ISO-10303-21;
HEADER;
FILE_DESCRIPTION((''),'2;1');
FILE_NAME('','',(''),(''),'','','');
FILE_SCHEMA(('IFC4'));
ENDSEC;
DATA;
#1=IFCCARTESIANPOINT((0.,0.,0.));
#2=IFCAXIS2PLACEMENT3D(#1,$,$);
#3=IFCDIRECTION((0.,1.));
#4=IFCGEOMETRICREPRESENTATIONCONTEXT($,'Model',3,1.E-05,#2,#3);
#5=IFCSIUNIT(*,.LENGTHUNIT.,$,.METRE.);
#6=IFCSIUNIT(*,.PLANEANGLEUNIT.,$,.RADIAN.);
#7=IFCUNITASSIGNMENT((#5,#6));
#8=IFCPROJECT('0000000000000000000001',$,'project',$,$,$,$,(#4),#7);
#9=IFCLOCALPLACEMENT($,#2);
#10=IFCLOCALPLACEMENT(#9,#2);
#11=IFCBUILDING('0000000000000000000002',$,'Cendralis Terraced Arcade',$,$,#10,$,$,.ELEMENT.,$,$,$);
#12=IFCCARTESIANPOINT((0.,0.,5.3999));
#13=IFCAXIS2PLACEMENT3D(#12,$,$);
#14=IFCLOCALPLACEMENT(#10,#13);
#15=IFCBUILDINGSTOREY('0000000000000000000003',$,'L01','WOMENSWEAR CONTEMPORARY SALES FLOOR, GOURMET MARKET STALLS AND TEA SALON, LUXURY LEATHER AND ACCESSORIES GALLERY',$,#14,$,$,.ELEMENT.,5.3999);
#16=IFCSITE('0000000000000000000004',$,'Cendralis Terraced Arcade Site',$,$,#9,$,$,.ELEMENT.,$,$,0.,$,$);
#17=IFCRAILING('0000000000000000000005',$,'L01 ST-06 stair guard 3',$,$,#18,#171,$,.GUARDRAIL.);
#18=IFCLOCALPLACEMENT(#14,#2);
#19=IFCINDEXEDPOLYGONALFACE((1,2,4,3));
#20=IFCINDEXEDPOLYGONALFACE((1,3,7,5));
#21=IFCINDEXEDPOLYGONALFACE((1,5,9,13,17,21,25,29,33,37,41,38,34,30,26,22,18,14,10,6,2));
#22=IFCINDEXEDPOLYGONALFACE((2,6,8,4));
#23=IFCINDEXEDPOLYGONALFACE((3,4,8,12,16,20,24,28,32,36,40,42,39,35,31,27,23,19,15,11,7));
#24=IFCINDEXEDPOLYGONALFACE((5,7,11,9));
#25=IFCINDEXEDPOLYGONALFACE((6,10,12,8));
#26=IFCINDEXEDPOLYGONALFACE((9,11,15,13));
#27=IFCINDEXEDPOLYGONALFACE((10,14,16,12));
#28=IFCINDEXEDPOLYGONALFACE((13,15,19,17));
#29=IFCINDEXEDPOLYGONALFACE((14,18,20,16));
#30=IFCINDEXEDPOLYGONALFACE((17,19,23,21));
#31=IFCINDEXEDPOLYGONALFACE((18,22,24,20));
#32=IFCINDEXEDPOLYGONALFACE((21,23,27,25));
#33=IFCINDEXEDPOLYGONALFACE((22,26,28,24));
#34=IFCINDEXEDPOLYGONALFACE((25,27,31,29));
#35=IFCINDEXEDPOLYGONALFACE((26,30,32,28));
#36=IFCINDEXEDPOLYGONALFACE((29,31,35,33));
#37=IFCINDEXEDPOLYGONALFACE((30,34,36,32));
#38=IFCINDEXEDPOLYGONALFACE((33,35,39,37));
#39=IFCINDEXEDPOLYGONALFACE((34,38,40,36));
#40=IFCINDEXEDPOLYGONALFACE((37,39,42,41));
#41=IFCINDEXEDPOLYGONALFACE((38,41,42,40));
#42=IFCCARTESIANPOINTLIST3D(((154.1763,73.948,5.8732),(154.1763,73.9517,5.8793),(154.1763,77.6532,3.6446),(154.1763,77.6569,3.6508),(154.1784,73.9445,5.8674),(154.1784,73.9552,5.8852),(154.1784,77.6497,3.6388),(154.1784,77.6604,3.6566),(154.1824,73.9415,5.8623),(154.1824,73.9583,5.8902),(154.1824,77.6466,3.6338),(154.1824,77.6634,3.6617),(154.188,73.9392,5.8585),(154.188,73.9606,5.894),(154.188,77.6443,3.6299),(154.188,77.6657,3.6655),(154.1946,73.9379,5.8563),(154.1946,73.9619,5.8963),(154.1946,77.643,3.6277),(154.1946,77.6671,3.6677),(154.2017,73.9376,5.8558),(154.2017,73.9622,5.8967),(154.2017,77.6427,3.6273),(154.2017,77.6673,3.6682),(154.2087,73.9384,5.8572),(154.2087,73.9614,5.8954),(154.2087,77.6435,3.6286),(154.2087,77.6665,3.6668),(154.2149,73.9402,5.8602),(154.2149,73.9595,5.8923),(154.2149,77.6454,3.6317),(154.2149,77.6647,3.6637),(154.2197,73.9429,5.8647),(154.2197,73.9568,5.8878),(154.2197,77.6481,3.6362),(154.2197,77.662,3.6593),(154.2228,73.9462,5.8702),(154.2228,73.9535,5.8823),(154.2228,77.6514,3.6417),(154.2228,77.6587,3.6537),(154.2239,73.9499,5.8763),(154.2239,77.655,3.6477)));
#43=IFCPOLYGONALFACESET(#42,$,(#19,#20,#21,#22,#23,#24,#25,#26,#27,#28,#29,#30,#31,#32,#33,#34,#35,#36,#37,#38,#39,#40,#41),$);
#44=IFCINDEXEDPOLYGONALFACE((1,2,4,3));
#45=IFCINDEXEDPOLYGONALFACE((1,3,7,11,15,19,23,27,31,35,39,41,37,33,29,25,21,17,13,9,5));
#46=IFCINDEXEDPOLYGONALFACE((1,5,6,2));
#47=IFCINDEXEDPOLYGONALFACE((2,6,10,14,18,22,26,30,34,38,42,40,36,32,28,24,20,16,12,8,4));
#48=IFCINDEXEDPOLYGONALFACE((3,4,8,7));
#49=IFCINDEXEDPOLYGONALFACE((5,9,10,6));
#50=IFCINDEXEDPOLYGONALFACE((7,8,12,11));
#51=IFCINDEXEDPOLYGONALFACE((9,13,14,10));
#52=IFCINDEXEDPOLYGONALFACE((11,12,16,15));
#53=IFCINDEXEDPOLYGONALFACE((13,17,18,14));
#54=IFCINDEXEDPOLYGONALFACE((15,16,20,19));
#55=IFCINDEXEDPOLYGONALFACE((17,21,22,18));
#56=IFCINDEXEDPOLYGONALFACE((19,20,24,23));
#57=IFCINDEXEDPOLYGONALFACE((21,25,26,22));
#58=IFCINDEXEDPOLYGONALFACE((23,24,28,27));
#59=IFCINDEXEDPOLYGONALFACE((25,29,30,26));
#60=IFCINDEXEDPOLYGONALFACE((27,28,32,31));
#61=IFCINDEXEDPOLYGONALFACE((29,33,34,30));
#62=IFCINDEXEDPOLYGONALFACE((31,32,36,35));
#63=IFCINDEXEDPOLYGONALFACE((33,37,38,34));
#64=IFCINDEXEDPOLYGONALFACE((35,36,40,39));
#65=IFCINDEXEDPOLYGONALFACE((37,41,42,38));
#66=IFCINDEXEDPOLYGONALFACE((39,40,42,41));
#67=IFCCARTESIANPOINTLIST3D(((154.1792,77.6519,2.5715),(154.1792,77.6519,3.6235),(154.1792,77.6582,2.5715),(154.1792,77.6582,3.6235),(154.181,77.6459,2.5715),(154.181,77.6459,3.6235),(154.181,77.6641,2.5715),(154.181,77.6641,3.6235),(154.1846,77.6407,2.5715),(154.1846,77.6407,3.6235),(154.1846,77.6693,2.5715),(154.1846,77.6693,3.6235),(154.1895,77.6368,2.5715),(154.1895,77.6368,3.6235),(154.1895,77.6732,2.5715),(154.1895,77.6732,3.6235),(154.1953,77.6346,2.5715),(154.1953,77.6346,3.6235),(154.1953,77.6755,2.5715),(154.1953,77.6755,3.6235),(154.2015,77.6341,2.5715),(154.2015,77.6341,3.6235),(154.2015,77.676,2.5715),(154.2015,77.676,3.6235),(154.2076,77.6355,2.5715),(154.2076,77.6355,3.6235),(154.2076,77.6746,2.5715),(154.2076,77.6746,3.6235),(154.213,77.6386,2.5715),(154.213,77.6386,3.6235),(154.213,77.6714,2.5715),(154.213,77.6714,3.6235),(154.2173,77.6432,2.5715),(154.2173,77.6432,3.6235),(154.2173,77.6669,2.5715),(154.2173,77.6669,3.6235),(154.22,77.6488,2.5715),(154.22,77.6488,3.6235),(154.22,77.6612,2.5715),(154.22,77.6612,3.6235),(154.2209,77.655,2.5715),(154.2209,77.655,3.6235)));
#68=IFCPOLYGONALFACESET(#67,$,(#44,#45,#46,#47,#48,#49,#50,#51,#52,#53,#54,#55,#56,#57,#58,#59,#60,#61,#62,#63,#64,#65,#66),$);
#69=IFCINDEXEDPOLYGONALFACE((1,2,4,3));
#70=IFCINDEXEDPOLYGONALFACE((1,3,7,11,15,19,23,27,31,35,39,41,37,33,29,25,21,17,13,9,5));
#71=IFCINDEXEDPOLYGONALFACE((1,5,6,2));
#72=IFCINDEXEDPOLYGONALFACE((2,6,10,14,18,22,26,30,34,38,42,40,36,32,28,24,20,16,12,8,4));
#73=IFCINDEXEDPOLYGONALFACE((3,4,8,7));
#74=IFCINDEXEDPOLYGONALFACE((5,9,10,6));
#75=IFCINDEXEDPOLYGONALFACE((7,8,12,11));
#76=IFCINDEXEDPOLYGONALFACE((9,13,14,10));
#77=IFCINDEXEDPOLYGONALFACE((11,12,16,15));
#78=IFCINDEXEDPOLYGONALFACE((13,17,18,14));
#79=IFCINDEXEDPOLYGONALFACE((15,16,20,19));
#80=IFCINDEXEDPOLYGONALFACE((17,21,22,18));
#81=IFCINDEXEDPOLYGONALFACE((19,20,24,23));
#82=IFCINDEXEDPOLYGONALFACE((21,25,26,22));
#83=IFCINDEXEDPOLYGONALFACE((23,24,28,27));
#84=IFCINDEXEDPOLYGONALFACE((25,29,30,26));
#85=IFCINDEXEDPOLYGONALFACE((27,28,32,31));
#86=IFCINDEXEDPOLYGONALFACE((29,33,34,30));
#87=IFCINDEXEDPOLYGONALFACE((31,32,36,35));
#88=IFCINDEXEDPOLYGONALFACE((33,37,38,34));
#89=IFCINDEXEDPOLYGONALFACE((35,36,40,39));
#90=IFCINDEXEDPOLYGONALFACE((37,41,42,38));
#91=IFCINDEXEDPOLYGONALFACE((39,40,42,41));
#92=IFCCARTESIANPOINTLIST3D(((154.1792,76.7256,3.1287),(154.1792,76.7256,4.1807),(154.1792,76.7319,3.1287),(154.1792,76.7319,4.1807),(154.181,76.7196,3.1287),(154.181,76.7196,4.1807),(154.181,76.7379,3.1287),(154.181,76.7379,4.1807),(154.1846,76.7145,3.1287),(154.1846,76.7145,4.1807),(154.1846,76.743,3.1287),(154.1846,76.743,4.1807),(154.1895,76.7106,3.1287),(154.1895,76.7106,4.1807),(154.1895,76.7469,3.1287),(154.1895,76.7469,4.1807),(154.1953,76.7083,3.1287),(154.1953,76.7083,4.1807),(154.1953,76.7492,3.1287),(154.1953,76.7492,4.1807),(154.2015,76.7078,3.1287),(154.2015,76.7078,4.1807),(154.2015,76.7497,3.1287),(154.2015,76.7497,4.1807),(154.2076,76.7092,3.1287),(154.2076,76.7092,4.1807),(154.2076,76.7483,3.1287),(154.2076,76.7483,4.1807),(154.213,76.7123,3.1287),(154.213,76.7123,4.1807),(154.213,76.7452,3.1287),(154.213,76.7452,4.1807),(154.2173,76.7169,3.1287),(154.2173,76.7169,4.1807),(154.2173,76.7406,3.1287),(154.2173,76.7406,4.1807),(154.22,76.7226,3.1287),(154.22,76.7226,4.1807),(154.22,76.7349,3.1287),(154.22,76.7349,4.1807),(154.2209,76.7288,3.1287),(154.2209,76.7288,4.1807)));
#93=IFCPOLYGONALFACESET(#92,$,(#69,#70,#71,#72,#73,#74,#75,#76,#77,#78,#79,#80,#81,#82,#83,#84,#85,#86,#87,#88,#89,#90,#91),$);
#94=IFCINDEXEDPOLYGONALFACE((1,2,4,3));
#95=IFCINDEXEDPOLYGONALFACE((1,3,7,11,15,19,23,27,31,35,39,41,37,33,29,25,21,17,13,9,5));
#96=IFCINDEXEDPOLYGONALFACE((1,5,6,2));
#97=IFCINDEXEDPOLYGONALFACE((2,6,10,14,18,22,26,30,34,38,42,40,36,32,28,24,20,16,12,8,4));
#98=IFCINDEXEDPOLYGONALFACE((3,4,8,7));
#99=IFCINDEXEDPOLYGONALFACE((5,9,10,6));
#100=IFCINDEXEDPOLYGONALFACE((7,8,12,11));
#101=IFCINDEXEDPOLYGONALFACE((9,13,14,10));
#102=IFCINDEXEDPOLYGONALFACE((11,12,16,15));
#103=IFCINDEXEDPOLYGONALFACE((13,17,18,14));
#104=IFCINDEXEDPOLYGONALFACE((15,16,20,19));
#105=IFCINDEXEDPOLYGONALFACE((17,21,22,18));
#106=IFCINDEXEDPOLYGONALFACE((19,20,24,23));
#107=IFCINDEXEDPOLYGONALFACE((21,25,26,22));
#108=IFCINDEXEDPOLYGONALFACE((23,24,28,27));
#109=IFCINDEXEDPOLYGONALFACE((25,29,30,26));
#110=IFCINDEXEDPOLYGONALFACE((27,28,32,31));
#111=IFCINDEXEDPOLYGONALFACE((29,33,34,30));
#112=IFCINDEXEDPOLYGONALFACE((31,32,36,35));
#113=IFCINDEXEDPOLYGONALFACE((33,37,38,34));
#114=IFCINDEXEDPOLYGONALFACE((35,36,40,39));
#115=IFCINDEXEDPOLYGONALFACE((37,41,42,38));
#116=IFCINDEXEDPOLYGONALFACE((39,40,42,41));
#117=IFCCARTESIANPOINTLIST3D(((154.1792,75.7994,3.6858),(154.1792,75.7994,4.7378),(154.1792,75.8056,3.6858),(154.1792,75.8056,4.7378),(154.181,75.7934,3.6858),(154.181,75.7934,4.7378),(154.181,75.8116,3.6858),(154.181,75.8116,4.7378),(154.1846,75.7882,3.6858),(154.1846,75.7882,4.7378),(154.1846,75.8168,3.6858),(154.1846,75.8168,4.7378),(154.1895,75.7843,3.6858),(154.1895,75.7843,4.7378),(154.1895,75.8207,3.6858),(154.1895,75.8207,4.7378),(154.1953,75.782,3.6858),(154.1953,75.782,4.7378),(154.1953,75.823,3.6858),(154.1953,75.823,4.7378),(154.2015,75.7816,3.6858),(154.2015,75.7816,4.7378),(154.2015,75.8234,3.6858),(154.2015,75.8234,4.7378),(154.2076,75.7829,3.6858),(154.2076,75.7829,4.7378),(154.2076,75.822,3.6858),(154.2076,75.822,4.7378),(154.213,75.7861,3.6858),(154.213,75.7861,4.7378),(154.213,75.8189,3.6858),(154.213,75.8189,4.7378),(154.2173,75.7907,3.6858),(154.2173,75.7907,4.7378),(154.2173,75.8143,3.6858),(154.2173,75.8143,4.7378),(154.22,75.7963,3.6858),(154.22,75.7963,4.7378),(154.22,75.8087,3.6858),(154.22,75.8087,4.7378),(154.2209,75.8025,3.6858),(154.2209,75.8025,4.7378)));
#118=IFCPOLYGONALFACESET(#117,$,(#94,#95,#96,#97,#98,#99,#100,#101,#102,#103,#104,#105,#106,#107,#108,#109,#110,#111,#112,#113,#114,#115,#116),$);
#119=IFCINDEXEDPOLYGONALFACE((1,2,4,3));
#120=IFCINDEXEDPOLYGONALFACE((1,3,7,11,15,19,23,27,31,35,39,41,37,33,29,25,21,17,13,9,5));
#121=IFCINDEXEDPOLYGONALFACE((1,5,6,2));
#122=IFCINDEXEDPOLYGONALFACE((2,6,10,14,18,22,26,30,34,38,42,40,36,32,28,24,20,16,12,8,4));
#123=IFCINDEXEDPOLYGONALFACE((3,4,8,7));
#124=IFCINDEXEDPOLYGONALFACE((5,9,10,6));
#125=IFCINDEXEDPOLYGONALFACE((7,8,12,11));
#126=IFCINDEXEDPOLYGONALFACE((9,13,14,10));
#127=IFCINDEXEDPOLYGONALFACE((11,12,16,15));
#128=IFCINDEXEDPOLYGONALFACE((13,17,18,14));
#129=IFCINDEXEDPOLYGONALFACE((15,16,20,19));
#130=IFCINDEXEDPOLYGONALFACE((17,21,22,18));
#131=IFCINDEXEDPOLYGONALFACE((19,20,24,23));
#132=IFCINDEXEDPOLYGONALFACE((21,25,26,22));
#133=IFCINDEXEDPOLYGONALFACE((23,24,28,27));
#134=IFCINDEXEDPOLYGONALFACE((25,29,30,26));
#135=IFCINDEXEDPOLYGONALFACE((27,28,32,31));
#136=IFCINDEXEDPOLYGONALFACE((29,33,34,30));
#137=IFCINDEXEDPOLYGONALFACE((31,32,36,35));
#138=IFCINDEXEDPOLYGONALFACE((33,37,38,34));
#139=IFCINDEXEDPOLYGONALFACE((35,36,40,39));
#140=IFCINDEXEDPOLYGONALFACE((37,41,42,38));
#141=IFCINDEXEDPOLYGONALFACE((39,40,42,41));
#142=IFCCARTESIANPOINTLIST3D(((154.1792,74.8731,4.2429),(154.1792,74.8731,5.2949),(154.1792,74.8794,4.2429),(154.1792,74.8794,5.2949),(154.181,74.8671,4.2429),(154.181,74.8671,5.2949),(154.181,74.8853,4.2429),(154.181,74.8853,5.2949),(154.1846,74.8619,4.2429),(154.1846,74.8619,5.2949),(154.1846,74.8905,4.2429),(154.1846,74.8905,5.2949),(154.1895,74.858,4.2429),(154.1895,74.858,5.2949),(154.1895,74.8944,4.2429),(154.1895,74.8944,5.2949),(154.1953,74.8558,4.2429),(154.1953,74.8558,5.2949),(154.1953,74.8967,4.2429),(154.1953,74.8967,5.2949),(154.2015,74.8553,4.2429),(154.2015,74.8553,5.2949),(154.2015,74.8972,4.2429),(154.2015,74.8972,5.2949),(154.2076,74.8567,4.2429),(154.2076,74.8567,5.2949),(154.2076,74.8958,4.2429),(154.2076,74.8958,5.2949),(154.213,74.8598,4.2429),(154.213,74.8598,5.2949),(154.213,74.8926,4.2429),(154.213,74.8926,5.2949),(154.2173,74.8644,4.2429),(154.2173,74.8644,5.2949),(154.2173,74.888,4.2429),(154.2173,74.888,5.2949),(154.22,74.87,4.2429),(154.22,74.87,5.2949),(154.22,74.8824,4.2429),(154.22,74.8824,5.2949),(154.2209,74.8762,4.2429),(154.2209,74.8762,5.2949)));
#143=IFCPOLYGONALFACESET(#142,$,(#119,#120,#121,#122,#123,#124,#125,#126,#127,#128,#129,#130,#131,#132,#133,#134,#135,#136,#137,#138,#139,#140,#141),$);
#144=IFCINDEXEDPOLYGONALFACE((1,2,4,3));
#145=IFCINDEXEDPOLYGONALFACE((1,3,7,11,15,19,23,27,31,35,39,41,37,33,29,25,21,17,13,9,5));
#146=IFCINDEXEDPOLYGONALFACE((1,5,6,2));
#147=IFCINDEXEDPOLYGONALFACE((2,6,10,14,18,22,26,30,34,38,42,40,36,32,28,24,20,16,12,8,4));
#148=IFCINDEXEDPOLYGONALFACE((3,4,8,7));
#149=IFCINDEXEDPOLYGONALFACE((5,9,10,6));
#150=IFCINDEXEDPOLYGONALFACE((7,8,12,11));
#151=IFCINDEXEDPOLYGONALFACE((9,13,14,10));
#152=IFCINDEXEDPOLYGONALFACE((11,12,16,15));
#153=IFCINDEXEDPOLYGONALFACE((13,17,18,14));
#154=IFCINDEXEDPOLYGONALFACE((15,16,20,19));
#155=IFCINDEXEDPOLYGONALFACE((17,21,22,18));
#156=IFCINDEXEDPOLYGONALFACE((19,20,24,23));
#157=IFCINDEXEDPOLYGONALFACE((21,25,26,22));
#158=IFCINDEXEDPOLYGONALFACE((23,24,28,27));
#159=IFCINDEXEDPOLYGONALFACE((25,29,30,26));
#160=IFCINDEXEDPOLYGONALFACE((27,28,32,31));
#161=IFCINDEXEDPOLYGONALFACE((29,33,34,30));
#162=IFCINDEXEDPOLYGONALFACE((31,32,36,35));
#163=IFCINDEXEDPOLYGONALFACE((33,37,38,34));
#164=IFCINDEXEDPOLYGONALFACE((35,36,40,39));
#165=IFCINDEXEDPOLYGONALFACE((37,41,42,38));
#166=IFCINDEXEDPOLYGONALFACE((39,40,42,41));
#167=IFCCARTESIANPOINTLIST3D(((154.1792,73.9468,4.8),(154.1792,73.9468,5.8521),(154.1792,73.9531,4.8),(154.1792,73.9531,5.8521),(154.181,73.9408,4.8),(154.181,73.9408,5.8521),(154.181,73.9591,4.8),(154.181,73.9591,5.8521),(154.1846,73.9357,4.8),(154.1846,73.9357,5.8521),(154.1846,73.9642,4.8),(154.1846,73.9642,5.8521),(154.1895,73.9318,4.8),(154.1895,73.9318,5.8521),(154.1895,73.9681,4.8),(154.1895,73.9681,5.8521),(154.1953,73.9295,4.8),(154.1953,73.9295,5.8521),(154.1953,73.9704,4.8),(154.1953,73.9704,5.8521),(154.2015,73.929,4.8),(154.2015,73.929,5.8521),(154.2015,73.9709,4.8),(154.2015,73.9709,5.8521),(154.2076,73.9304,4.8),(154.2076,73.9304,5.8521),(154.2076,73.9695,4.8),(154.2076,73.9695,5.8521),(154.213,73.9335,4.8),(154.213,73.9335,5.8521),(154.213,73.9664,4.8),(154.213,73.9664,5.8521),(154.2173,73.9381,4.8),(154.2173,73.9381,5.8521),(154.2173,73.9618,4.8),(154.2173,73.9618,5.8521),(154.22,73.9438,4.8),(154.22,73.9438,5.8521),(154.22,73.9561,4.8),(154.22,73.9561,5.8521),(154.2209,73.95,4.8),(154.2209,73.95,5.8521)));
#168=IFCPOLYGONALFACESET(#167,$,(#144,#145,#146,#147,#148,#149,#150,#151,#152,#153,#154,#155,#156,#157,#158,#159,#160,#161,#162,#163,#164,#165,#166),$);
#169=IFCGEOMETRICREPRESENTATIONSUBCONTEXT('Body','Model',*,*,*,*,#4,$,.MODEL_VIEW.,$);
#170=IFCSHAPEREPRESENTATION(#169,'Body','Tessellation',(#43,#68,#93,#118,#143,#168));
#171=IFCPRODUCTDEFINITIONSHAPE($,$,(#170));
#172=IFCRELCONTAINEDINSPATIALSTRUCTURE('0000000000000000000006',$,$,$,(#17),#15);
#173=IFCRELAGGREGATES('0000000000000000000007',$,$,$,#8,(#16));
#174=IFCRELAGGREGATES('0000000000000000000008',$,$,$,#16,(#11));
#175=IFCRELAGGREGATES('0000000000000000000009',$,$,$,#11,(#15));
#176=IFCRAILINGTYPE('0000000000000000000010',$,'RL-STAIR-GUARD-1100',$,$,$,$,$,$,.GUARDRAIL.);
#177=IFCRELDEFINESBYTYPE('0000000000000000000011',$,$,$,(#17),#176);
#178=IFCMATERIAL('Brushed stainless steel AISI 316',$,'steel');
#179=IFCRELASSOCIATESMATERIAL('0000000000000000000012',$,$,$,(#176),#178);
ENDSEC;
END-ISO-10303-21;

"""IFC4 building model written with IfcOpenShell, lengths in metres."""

from ifc_helpers import new_model, si_unit, direction, frame, origin, origin_2d, place, context, subcontext, project, spatial, circle, extrude, material, type_object, element, save


model = new_model("IFC4")

# Units and contexts
model_context = context("Model", 3, precision=1e-05, world=origin(), true_north=direction((0.0, 1.0)))
body_context = subcontext(model_context, "Body", "Model", "MODEL_VIEW")
ifc_project = project(units=[si_unit("LENGTHUNIT", "METRE"), si_unit("PLANEANGLEUNIT", "RADIAN")], contexts=[model_context])

# Site, building, storey
site_placement = place(None, origin())
site = spatial("IfcSite", under=ifc_project, at=site_placement, Name="Cendralis Terraced Arcade Site", CompositionType="ELEMENT", RefElevation=0.0)
building_placement = place(site_placement, origin())
building = spatial("IfcBuilding", under=site, at=building_placement, Name="Cendralis Terraced Arcade", CompositionType="ELEMENT")
storey_placement = place(building_placement, frame((0.0, 0.0, 5.3999)))
storey = spatial("IfcBuildingStorey", under=building, at=storey_placement, Name="L01", Description="WOMENSWEAR CONTEMPORARY SALES FLOOR, GOURMET MARKET STALLS AND TEA SALON, LUXURY LEATHER AND ACCESSORIES GALLERY", CompositionType="ELEMENT", Elevation=5.3999)

# Railing
ifc_material_1 = material(Name="Brushed stainless steel AISI 316", Category="steel")
railing_type_1 = type_object("IfcRailingType", Name="RL-STAIR-GUARD-1100", PredefinedType="GUARDRAIL", material=ifc_material_1)
railing_1_placement = place(storey_placement, frame((154.2, 77.655, 2.5715)))
element("IfcRailing", 1, at=railing_1_placement, inside=storey, type_object=railing_type_1, Name="L01 ST-06 stair guard 3", PredefinedType="GUARDRAIL", context=body_context, shape_type="SweptSolid", body=[
    extrude(circle(Radius=0.0239, at=origin_2d()), frame((0.0, 0.0, 1.0762), z_axis=(0.0, -0.856934, 0.515425), x_axis=(1.0, 0.0, 0.0)), (0.0, 0.0, 1.0), 4.3237),
    extrude(circle(Radius=0.021, at=origin_2d()), origin(), (0.0, 0.0, 1.0), 1.052),
    extrude(circle(Radius=0.021, at=origin_2d()), frame((0.0, -0.9263, 0.5571)), (0.0, 0.0, 1.0), 1.052),
    extrude(circle(Radius=0.021, at=origin_2d()), frame((0.0, -1.8525, 1.1143)), (0.0, 0.0, 1.0), 1.052),
    extrude(circle(Radius=0.021, at=origin_2d()), frame((0.0, -2.7788, 1.6714)), (0.0, 0.0, 1.0), 1.052),
    extrude(circle(Radius=0.021, at=origin_2d()), frame((0.0, -3.7051, 2.2285)), (0.0, 0.0, 1.0), 1.052),
])

save(model, "model.ifc")
